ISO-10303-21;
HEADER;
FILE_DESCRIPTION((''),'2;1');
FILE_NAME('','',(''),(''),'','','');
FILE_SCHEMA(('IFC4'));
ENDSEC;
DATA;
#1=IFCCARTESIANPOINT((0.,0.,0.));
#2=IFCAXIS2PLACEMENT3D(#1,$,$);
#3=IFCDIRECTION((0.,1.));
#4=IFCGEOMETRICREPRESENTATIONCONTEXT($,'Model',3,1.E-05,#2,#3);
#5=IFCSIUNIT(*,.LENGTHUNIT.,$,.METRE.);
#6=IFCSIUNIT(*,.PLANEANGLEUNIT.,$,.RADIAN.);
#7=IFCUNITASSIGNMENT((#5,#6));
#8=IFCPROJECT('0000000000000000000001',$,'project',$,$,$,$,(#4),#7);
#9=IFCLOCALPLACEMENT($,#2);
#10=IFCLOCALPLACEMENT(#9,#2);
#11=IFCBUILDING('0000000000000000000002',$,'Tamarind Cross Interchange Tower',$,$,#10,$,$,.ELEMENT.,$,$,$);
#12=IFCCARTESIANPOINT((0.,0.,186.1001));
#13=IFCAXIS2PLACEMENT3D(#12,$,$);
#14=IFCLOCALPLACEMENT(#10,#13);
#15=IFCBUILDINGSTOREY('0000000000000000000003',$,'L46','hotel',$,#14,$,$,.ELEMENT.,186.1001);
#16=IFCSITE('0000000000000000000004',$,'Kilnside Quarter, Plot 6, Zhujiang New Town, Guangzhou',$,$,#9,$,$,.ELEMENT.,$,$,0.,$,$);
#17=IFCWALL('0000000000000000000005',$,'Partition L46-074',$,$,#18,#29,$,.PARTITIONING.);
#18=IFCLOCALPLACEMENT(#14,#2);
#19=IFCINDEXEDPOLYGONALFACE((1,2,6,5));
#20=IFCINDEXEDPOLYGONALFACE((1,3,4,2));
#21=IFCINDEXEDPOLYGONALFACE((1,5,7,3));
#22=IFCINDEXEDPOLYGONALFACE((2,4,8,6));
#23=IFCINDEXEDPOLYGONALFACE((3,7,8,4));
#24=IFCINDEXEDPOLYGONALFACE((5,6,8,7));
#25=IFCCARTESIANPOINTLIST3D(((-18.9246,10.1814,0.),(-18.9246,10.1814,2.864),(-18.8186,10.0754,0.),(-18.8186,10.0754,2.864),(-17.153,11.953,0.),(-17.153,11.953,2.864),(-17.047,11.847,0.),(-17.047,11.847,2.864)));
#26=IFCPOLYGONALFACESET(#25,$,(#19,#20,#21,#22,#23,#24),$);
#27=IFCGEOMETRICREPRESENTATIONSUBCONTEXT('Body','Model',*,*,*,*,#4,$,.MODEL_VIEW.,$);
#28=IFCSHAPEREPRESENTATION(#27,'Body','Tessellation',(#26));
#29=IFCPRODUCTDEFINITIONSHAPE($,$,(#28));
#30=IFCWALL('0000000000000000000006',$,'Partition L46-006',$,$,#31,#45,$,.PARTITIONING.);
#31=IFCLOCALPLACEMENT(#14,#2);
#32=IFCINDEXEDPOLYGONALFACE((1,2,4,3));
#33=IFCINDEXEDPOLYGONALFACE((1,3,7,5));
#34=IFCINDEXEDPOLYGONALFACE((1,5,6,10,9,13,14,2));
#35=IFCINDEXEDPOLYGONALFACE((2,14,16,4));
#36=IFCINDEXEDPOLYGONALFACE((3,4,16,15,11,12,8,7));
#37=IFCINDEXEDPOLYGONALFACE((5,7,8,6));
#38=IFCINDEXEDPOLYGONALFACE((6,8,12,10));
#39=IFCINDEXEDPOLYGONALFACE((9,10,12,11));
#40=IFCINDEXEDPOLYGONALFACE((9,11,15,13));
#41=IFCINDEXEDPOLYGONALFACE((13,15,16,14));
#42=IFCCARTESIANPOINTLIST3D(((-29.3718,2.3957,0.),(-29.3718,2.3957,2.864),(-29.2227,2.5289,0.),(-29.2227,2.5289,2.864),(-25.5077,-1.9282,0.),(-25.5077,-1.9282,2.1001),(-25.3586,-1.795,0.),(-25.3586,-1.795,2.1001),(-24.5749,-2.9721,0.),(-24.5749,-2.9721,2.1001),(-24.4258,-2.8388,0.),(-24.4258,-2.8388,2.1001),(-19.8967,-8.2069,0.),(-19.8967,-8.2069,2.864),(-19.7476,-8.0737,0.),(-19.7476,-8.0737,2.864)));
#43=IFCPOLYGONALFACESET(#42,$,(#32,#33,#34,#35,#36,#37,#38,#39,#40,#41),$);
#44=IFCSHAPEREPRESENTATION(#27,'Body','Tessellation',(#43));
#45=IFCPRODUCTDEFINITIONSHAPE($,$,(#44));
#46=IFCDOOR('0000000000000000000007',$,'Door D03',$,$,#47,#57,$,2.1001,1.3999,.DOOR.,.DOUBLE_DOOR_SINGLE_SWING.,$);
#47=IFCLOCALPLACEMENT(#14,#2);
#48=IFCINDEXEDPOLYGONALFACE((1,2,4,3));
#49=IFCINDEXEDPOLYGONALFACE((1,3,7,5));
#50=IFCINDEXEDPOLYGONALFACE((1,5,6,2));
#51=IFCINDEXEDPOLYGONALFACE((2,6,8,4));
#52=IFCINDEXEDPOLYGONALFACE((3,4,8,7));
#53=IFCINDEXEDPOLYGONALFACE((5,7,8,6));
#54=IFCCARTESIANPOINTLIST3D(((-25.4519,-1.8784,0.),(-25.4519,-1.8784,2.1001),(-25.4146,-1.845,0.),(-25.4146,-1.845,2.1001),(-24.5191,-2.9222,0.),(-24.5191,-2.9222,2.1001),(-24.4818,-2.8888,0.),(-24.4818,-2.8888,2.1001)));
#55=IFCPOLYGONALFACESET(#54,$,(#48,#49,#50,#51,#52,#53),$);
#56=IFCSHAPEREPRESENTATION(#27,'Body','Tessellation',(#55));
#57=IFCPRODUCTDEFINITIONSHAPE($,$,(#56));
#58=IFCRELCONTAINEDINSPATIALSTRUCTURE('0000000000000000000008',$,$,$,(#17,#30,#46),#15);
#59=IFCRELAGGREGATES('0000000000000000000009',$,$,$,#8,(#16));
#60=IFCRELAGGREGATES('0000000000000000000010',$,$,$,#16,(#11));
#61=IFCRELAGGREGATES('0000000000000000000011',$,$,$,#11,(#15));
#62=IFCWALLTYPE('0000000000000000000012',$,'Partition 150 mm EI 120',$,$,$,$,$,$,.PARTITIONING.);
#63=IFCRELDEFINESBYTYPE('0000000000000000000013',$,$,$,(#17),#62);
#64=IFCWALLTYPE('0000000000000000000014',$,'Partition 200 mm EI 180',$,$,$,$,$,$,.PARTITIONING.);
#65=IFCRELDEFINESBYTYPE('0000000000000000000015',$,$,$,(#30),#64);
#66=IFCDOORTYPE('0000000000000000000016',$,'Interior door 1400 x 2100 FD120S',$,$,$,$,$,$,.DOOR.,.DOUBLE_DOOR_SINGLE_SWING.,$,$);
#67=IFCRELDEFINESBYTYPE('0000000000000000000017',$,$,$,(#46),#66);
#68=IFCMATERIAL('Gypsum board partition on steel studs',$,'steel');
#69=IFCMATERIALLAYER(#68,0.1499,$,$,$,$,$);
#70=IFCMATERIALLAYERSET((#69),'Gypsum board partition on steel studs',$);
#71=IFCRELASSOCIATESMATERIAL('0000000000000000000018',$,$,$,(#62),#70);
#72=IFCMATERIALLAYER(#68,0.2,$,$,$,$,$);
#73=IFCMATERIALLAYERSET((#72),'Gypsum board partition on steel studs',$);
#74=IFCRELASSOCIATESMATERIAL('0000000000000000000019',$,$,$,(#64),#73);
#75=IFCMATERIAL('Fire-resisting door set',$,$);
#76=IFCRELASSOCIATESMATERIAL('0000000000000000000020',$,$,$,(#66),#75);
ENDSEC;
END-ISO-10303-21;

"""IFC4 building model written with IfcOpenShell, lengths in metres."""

from ifc_helpers import new_model, si_unit, direction, frame, frame_2d, origin, place, context, subcontext, project, spatial, rectangle, extrude, material, layer, layer_set, type_object, element, fill, save


model = new_model("IFC4")

# Units and contexts
model_context = context("Model", 3, precision=1e-05, world=origin(), true_north=direction((0.0, 1.0)))
body_context = subcontext(model_context, "Body", "Model", "MODEL_VIEW")
ifc_project = project(units=[si_unit("LENGTHUNIT", "METRE"), si_unit("PLANEANGLEUNIT", "RADIAN")], contexts=[model_context])

# Site, building, storey
site_placement = place(None, origin())
site = spatial("IfcSite", under=ifc_project, at=site_placement, Name="Kilnside Quarter, Plot 6, Zhujiang New Town, Guangzhou", CompositionType="ELEMENT", RefElevation=0.0)
building_placement = place(site_placement, origin())
building = spatial("IfcBuilding", under=site, at=building_placement, Name="Tamarind Cross Interchange Tower", CompositionType="ELEMENT")
storey_placement = place(building_placement, frame((0.0, 0.0, 186.1001)))
storey = spatial("IfcBuildingStorey", under=building, at=storey_placement, Name="L46", Description="hotel", CompositionType="ELEMENT", Elevation=186.1001)

# Wall
ifc_material_1 = material(Name="Gypsum board partition on steel studs", Category="steel")
ifc_layer_1 = layer(ifc_material_1, 0.1499)
ifc_layer_set_1 = layer_set([ifc_layer_1], Name="Gypsum board partition on steel studs")
wall_type_1 = type_object("IfcWallType", Name="Partition 150 mm EI 120", PredefinedType="PARTITIONING", material=ifc_layer_set_1)
wall_1_placement = place(storey_placement, frame((-18.8716, 10.1284, 0.0), z_axis=(0.0, 0.0, 1.0), x_axis=(0.707107, 0.707107, 0.0)))
element("IfcWall", 1, at=wall_1_placement, inside=storey, type_object=wall_type_1, Name="Partition L46-074", PredefinedType="PARTITIONING", context=body_context, shape_type="SweptSolid", body=[
    extrude(rectangle(XDim=2.5054, YDim=0.1499, at=frame_2d((1.2527, 0.0))), origin(), (0.0, 0.0, 1.0), 2.864),
])

# Wall, opening, door
ifc_layer_2 = layer(ifc_material_1, 0.2)
ifc_layer_set_2 = layer_set([ifc_layer_2], Name="Gypsum board partition on steel studs")
wall_type_2 = type_object("IfcWallType", Name="Partition 200 mm EI 180", PredefinedType="PARTITIONING", material=ifc_layer_set_2)
wall_2_placement = place(storey_placement, frame((-29.2974, 2.4624, 0.0), z_axis=(0.0, 0.0, 1.0), x_axis=(0.66635, -0.745639, 0.0)))
wall_2 = element("IfcWall", 2, at=wall_2_placement, inside=storey, type_object=wall_type_2, Name="Partition L46-006", PredefinedType="PARTITIONING", context=body_context, shape_type="SweptSolid", body=[
    extrude(rectangle(XDim=14.2195, YDim=0.2, at=frame_2d((7.1099, 0.0))), origin(), (0.0, 0.0, 1.0), 2.864),
])
opening_placement = place(wall_2_placement, frame((5.7991, 0.0, 0.0)))
opening = element("IfcOpeningElement", 3, at=opening_placement, cuts=wall_2, PredefinedType="OPENING", context=body_context, shape_type="SweptSolid", body=[
    extrude(rectangle(XDim=1.3999, YDim=2.1001, at=frame_2d((0.7, 1.05))), frame((0.0, 0.1099, 0.0), z_axis=(0.0, -1.0, 0.0), x_axis=(1.0, 0.0, 0.0)), (0.0, 0.0, 1.0), 0.22),
])
ifc_material_2 = material(Name="Fire-resisting door set")
door_type = type_object("IfcDoorType", Name="Interior door 1400 x 2100 FD120S", OperationType="DOUBLE_DOOR_SINGLE_SWING", PredefinedType="DOOR", material=ifc_material_2)
door_placement = place(opening_placement, origin())
door = element("IfcDoor", 4, at=door_placement, inside=storey, type_object=door_type, Name="Door D03", OperationType="DOUBLE_DOOR_SINGLE_SWING", OverallHeight=2.1001, OverallWidth=1.3999, PredefinedType="DOOR", context=body_context, shape_type="SweptSolid", body=[
    extrude(rectangle(XDim=1.3999, YDim=2.1001, at=frame_2d((0.7, 1.05))), frame((0.0, 0.0249, 0.0), z_axis=(0.0, -1.0, 0.0), x_axis=(1.0, 0.0, 0.0)), (0.0, 0.0, 1.0), 0.05),
])
fill(opening, door)

save(model, "model.ifc")
